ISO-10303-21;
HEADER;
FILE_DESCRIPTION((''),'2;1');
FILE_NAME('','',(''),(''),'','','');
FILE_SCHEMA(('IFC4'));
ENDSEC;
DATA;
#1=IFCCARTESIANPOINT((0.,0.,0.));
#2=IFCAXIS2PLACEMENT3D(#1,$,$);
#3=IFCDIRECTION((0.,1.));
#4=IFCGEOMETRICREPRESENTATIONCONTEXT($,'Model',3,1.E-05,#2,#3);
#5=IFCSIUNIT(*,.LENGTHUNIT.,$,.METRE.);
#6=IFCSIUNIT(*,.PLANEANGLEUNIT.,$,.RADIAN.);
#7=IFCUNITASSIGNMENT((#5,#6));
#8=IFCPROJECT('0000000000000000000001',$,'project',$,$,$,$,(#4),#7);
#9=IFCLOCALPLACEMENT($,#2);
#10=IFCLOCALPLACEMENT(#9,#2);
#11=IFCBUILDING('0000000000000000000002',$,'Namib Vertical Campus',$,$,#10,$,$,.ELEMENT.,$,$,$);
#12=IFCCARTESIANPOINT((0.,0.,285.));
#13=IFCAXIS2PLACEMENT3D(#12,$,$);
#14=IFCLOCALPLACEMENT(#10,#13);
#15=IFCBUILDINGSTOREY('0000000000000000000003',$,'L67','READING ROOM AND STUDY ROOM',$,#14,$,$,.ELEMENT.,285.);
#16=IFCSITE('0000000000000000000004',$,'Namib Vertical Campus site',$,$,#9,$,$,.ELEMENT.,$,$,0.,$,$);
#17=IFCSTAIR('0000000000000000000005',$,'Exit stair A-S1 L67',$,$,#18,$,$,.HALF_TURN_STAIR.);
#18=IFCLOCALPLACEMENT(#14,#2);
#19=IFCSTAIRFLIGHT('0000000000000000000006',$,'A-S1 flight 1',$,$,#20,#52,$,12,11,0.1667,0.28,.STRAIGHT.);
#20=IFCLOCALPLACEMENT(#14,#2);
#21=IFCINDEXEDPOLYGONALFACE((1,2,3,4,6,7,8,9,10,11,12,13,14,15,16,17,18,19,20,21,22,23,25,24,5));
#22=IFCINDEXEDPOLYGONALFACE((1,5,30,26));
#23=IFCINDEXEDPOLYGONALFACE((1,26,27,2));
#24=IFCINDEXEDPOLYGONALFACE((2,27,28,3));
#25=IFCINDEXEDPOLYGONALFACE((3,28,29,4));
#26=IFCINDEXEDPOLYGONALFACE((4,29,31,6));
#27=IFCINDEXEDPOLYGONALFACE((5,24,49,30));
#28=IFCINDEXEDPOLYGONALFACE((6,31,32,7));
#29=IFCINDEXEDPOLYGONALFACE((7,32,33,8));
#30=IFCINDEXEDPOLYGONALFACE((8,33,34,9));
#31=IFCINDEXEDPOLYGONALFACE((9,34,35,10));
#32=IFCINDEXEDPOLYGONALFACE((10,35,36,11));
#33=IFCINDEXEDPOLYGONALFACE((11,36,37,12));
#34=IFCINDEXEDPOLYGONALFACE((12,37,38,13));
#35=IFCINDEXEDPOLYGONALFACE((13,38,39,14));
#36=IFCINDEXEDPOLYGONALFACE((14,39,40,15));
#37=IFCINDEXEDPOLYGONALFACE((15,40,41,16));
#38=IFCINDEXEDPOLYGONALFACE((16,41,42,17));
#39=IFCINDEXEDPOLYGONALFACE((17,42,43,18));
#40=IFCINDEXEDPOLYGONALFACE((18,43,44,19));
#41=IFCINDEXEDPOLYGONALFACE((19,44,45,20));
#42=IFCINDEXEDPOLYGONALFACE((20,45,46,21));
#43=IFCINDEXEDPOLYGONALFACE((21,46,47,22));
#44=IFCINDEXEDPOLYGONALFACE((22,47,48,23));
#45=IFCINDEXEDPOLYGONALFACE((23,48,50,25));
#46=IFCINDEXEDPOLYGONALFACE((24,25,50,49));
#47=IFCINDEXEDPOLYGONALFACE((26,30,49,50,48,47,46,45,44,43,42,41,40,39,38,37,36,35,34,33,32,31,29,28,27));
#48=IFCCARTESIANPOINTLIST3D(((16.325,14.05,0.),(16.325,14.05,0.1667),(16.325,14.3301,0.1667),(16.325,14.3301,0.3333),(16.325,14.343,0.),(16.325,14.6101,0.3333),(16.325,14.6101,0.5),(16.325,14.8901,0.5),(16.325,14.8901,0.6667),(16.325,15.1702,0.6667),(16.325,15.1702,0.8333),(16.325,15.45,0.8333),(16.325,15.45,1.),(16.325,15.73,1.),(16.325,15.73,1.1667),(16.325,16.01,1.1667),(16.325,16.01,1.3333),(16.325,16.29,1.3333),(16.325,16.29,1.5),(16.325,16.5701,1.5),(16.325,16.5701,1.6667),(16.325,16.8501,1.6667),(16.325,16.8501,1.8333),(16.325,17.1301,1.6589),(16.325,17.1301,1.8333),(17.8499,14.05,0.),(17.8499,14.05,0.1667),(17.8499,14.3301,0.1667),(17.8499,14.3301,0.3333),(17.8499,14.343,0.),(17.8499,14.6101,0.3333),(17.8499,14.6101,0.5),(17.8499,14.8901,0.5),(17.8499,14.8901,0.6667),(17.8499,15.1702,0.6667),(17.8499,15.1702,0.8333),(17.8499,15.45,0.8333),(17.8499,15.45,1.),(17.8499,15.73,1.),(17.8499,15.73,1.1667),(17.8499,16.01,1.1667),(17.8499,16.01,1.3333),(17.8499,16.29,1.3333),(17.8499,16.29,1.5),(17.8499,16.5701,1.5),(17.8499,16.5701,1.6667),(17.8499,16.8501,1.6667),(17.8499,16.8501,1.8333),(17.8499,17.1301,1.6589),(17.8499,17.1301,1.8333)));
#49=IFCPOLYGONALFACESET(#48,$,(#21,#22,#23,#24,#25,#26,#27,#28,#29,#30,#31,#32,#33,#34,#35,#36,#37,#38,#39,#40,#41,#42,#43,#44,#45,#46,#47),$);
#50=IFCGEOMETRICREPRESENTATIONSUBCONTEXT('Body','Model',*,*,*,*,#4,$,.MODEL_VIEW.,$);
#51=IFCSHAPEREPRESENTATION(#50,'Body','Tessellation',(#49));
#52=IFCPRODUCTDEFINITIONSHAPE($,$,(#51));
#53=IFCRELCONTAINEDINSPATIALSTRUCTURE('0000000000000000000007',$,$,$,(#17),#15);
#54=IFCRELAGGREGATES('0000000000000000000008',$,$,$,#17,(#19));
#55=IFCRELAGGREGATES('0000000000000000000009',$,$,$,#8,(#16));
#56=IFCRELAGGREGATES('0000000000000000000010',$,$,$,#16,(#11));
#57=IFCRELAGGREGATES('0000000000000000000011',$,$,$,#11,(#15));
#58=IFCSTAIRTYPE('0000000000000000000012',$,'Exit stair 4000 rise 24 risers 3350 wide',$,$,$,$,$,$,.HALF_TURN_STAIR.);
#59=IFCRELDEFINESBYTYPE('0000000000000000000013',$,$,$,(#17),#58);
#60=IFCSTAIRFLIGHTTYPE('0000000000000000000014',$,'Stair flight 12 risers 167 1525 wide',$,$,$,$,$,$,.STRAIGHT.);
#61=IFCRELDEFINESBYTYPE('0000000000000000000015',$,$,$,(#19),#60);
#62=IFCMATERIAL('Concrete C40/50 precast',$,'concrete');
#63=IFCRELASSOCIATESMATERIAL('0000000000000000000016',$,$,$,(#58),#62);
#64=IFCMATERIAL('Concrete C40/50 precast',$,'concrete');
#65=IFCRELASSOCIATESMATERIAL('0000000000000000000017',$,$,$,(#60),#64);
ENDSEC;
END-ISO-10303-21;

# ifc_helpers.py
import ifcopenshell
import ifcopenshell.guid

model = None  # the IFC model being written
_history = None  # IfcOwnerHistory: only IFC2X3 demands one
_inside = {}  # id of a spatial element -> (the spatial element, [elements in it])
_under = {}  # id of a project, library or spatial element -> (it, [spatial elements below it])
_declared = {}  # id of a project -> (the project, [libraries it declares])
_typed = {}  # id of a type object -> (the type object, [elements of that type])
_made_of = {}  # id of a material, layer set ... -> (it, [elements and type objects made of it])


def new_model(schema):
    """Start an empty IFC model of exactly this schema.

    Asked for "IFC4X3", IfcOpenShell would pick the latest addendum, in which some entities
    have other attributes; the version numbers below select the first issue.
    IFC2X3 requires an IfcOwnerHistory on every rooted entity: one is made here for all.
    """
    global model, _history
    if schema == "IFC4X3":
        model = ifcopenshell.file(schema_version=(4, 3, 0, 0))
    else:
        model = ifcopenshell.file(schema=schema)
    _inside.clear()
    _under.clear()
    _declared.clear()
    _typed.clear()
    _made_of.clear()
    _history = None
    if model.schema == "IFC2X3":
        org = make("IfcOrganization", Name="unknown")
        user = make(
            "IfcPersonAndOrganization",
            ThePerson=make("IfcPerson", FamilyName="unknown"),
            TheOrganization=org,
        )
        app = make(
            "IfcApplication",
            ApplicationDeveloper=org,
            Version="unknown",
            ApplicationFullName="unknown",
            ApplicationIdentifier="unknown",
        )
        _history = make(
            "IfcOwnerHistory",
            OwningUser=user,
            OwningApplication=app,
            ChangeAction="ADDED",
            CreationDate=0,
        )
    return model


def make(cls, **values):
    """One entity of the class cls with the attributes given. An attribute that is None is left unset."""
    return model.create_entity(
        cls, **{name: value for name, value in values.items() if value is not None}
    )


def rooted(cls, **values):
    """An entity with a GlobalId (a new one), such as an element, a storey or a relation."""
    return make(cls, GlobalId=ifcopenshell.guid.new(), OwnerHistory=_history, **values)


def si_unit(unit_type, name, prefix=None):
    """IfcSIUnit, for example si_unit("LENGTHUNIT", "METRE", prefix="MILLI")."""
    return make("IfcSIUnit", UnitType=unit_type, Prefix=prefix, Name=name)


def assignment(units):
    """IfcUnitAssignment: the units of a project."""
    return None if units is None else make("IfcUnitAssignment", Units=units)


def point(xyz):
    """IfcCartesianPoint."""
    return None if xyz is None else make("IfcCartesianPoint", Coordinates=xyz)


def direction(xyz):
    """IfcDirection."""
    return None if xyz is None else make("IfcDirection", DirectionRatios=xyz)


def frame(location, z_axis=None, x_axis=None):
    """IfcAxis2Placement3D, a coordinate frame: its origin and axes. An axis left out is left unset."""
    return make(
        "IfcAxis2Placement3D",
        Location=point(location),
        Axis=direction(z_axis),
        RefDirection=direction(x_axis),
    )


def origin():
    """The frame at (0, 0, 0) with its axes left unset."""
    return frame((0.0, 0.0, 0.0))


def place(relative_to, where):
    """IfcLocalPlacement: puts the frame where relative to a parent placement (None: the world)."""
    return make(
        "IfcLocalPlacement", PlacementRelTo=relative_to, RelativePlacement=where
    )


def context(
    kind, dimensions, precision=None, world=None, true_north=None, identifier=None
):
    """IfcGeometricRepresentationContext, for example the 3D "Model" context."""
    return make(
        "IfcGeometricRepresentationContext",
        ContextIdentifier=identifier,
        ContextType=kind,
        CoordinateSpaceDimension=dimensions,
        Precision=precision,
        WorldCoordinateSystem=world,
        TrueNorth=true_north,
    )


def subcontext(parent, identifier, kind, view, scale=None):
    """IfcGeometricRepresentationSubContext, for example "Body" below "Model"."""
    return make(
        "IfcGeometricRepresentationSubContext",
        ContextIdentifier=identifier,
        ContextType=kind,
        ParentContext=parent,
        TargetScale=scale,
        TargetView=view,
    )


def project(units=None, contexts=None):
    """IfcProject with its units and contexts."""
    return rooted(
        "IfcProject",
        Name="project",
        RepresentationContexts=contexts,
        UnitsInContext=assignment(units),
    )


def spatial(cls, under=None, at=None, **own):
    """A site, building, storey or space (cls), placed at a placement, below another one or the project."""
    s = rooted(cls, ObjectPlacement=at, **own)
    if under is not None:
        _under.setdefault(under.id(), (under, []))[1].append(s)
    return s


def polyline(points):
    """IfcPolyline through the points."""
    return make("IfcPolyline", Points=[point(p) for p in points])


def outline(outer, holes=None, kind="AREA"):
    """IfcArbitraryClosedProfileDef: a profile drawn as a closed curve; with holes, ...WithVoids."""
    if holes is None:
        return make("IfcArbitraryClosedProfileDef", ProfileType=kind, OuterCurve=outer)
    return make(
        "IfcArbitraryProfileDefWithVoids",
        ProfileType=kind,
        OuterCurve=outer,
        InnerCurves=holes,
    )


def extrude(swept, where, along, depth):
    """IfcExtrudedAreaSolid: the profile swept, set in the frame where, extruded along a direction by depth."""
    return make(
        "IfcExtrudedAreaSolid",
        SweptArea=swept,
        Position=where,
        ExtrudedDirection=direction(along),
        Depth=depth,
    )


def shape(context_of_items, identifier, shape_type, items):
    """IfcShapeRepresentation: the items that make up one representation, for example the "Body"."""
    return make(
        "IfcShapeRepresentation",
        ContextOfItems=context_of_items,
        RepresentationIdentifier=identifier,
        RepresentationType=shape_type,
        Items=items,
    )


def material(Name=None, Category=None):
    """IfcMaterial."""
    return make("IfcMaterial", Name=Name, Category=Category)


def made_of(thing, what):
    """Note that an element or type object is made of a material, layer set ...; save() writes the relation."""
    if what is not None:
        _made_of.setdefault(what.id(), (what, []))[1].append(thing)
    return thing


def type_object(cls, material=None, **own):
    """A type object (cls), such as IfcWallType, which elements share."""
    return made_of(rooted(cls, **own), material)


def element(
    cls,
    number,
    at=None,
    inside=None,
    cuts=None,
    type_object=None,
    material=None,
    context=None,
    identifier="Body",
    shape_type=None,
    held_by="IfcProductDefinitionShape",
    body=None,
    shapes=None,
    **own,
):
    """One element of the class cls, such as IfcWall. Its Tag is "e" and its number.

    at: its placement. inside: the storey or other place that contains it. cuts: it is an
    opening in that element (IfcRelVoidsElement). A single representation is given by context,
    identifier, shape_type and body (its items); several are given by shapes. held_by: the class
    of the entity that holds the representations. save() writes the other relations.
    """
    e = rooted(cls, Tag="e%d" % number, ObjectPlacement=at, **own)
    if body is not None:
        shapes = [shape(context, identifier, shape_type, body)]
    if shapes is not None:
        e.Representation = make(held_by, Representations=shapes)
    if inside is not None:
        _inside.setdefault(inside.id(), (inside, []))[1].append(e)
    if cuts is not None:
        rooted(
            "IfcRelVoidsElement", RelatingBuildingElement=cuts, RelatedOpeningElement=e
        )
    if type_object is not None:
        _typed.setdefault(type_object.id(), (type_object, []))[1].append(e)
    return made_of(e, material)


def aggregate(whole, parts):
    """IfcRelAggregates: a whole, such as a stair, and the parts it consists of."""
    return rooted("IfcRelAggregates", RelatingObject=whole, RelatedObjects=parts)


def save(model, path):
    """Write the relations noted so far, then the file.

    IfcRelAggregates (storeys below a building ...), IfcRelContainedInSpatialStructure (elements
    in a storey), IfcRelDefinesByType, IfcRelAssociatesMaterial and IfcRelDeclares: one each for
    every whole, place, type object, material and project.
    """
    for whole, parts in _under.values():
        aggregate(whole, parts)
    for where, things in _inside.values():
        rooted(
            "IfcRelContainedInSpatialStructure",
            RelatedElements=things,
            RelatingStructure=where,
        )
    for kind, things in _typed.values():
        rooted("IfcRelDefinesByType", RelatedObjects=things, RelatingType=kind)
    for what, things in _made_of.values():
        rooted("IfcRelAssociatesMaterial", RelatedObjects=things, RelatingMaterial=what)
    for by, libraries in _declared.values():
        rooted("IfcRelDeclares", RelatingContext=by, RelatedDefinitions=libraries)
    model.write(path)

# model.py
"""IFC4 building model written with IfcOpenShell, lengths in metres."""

from ifc_helpers import new_model, si_unit, direction, frame, origin, place, context, subcontext, project, spatial, polyline, outline, extrude, material, type_object, element, aggregate, save


model = new_model("IFC4")

# Units and contexts
model_context = context("Model", 3, precision=1e-05, world=origin(), true_north=direction((0.0, 1.0)))
body_context = subcontext(model_context, "Body", "Model", "MODEL_VIEW")
ifc_project = project(units=[si_unit("LENGTHUNIT", "METRE"), si_unit("PLANEANGLEUNIT", "RADIAN")], contexts=[model_context])

# Site, building, storey
site_placement = place(None, origin())
site = spatial("IfcSite", under=ifc_project, at=site_placement, Name="Namib Vertical Campus site", CompositionType="ELEMENT", RefElevation=0.0)
building_placement = place(site_placement, origin())
building = spatial("IfcBuilding", under=site, at=building_placement, Name="Namib Vertical Campus", CompositionType="ELEMENT")
storey_placement = place(building_placement, frame((0.0, 0.0, 285.0)))
storey = spatial("IfcBuildingStorey", under=building, at=storey_placement, Name="L67", Description="READING ROOM AND STUDY ROOM", CompositionType="ELEMENT", Elevation=285.0)

# Stair, stair flight
ifc_material_1 = material(Name="Concrete C40/50 precast", Category="concrete")
stair_type = type_object("IfcStairType", Name="Exit stair 4000 rise 24 risers 3350 wide", PredefinedType="HALF_TURN_STAIR", material=ifc_material_1)
stair_placement = place(storey_placement, origin())
stair = element("IfcStair", 1, at=stair_placement, inside=storey, type_object=stair_type, Name="Exit stair A-S1 L67", PredefinedType="HALF_TURN_STAIR")
ifc_material_2 = material(Name="Concrete C40/50 precast", Category="concrete")
stair_flight_type = type_object("IfcStairFlightType", Name="Stair flight 12 risers 167 1525 wide", PredefinedType="STRAIGHT", material=ifc_material_2)
stair_flight_placement = place(storey_placement, frame((17.0874, 14.05, 0.0), z_axis=(0.0, 0.0, 1.0), x_axis=(0.0, 1.0, 0.0)))
stair_flight = element("IfcStairFlight", 2, at=stair_flight_placement, type_object=stair_flight_type, Name="A-S1 flight 1", NumberOfRisers=12, NumberOfTreads=11, PredefinedType="STRAIGHT", RiserHeight=0.1667, TreadLength=0.28, context=body_context, shape_type="SweptSolid", body=[
    extrude(outline(polyline([(0.0, 0.0), (0.0, 0.1667), (0.28, 0.1667), (0.28, 0.3333), (0.5601, 0.3333), (0.5601, 0.5), (0.8401, 0.5), (0.8401, 0.6667), (1.1201, 0.6667), (1.1201, 0.8333), (1.3999, 0.8333), (1.3999, 1.0), (1.6799, 1.0), (1.6799, 1.1667), (1.96, 1.1667), (1.96, 1.3333), (2.24, 1.3333), (2.24, 1.5), (2.52, 1.5), (2.52, 1.6667), (2.8, 1.6667), (2.8, 1.8333), (3.0801, 1.8333), (3.0801, 2.0), (3.0801, 1.6589), (0.293, 0.0), (0.0, 0.0)])), frame((0.0, 0.7625, 0.0), z_axis=(0.0, -1.0, 0.0), x_axis=(1.0, 0.0, 0.0)), (0.0, 0.0, 1.0), 1.5249),
])
aggregate(stair, [stair_flight])

save(model, "model.ifc")
